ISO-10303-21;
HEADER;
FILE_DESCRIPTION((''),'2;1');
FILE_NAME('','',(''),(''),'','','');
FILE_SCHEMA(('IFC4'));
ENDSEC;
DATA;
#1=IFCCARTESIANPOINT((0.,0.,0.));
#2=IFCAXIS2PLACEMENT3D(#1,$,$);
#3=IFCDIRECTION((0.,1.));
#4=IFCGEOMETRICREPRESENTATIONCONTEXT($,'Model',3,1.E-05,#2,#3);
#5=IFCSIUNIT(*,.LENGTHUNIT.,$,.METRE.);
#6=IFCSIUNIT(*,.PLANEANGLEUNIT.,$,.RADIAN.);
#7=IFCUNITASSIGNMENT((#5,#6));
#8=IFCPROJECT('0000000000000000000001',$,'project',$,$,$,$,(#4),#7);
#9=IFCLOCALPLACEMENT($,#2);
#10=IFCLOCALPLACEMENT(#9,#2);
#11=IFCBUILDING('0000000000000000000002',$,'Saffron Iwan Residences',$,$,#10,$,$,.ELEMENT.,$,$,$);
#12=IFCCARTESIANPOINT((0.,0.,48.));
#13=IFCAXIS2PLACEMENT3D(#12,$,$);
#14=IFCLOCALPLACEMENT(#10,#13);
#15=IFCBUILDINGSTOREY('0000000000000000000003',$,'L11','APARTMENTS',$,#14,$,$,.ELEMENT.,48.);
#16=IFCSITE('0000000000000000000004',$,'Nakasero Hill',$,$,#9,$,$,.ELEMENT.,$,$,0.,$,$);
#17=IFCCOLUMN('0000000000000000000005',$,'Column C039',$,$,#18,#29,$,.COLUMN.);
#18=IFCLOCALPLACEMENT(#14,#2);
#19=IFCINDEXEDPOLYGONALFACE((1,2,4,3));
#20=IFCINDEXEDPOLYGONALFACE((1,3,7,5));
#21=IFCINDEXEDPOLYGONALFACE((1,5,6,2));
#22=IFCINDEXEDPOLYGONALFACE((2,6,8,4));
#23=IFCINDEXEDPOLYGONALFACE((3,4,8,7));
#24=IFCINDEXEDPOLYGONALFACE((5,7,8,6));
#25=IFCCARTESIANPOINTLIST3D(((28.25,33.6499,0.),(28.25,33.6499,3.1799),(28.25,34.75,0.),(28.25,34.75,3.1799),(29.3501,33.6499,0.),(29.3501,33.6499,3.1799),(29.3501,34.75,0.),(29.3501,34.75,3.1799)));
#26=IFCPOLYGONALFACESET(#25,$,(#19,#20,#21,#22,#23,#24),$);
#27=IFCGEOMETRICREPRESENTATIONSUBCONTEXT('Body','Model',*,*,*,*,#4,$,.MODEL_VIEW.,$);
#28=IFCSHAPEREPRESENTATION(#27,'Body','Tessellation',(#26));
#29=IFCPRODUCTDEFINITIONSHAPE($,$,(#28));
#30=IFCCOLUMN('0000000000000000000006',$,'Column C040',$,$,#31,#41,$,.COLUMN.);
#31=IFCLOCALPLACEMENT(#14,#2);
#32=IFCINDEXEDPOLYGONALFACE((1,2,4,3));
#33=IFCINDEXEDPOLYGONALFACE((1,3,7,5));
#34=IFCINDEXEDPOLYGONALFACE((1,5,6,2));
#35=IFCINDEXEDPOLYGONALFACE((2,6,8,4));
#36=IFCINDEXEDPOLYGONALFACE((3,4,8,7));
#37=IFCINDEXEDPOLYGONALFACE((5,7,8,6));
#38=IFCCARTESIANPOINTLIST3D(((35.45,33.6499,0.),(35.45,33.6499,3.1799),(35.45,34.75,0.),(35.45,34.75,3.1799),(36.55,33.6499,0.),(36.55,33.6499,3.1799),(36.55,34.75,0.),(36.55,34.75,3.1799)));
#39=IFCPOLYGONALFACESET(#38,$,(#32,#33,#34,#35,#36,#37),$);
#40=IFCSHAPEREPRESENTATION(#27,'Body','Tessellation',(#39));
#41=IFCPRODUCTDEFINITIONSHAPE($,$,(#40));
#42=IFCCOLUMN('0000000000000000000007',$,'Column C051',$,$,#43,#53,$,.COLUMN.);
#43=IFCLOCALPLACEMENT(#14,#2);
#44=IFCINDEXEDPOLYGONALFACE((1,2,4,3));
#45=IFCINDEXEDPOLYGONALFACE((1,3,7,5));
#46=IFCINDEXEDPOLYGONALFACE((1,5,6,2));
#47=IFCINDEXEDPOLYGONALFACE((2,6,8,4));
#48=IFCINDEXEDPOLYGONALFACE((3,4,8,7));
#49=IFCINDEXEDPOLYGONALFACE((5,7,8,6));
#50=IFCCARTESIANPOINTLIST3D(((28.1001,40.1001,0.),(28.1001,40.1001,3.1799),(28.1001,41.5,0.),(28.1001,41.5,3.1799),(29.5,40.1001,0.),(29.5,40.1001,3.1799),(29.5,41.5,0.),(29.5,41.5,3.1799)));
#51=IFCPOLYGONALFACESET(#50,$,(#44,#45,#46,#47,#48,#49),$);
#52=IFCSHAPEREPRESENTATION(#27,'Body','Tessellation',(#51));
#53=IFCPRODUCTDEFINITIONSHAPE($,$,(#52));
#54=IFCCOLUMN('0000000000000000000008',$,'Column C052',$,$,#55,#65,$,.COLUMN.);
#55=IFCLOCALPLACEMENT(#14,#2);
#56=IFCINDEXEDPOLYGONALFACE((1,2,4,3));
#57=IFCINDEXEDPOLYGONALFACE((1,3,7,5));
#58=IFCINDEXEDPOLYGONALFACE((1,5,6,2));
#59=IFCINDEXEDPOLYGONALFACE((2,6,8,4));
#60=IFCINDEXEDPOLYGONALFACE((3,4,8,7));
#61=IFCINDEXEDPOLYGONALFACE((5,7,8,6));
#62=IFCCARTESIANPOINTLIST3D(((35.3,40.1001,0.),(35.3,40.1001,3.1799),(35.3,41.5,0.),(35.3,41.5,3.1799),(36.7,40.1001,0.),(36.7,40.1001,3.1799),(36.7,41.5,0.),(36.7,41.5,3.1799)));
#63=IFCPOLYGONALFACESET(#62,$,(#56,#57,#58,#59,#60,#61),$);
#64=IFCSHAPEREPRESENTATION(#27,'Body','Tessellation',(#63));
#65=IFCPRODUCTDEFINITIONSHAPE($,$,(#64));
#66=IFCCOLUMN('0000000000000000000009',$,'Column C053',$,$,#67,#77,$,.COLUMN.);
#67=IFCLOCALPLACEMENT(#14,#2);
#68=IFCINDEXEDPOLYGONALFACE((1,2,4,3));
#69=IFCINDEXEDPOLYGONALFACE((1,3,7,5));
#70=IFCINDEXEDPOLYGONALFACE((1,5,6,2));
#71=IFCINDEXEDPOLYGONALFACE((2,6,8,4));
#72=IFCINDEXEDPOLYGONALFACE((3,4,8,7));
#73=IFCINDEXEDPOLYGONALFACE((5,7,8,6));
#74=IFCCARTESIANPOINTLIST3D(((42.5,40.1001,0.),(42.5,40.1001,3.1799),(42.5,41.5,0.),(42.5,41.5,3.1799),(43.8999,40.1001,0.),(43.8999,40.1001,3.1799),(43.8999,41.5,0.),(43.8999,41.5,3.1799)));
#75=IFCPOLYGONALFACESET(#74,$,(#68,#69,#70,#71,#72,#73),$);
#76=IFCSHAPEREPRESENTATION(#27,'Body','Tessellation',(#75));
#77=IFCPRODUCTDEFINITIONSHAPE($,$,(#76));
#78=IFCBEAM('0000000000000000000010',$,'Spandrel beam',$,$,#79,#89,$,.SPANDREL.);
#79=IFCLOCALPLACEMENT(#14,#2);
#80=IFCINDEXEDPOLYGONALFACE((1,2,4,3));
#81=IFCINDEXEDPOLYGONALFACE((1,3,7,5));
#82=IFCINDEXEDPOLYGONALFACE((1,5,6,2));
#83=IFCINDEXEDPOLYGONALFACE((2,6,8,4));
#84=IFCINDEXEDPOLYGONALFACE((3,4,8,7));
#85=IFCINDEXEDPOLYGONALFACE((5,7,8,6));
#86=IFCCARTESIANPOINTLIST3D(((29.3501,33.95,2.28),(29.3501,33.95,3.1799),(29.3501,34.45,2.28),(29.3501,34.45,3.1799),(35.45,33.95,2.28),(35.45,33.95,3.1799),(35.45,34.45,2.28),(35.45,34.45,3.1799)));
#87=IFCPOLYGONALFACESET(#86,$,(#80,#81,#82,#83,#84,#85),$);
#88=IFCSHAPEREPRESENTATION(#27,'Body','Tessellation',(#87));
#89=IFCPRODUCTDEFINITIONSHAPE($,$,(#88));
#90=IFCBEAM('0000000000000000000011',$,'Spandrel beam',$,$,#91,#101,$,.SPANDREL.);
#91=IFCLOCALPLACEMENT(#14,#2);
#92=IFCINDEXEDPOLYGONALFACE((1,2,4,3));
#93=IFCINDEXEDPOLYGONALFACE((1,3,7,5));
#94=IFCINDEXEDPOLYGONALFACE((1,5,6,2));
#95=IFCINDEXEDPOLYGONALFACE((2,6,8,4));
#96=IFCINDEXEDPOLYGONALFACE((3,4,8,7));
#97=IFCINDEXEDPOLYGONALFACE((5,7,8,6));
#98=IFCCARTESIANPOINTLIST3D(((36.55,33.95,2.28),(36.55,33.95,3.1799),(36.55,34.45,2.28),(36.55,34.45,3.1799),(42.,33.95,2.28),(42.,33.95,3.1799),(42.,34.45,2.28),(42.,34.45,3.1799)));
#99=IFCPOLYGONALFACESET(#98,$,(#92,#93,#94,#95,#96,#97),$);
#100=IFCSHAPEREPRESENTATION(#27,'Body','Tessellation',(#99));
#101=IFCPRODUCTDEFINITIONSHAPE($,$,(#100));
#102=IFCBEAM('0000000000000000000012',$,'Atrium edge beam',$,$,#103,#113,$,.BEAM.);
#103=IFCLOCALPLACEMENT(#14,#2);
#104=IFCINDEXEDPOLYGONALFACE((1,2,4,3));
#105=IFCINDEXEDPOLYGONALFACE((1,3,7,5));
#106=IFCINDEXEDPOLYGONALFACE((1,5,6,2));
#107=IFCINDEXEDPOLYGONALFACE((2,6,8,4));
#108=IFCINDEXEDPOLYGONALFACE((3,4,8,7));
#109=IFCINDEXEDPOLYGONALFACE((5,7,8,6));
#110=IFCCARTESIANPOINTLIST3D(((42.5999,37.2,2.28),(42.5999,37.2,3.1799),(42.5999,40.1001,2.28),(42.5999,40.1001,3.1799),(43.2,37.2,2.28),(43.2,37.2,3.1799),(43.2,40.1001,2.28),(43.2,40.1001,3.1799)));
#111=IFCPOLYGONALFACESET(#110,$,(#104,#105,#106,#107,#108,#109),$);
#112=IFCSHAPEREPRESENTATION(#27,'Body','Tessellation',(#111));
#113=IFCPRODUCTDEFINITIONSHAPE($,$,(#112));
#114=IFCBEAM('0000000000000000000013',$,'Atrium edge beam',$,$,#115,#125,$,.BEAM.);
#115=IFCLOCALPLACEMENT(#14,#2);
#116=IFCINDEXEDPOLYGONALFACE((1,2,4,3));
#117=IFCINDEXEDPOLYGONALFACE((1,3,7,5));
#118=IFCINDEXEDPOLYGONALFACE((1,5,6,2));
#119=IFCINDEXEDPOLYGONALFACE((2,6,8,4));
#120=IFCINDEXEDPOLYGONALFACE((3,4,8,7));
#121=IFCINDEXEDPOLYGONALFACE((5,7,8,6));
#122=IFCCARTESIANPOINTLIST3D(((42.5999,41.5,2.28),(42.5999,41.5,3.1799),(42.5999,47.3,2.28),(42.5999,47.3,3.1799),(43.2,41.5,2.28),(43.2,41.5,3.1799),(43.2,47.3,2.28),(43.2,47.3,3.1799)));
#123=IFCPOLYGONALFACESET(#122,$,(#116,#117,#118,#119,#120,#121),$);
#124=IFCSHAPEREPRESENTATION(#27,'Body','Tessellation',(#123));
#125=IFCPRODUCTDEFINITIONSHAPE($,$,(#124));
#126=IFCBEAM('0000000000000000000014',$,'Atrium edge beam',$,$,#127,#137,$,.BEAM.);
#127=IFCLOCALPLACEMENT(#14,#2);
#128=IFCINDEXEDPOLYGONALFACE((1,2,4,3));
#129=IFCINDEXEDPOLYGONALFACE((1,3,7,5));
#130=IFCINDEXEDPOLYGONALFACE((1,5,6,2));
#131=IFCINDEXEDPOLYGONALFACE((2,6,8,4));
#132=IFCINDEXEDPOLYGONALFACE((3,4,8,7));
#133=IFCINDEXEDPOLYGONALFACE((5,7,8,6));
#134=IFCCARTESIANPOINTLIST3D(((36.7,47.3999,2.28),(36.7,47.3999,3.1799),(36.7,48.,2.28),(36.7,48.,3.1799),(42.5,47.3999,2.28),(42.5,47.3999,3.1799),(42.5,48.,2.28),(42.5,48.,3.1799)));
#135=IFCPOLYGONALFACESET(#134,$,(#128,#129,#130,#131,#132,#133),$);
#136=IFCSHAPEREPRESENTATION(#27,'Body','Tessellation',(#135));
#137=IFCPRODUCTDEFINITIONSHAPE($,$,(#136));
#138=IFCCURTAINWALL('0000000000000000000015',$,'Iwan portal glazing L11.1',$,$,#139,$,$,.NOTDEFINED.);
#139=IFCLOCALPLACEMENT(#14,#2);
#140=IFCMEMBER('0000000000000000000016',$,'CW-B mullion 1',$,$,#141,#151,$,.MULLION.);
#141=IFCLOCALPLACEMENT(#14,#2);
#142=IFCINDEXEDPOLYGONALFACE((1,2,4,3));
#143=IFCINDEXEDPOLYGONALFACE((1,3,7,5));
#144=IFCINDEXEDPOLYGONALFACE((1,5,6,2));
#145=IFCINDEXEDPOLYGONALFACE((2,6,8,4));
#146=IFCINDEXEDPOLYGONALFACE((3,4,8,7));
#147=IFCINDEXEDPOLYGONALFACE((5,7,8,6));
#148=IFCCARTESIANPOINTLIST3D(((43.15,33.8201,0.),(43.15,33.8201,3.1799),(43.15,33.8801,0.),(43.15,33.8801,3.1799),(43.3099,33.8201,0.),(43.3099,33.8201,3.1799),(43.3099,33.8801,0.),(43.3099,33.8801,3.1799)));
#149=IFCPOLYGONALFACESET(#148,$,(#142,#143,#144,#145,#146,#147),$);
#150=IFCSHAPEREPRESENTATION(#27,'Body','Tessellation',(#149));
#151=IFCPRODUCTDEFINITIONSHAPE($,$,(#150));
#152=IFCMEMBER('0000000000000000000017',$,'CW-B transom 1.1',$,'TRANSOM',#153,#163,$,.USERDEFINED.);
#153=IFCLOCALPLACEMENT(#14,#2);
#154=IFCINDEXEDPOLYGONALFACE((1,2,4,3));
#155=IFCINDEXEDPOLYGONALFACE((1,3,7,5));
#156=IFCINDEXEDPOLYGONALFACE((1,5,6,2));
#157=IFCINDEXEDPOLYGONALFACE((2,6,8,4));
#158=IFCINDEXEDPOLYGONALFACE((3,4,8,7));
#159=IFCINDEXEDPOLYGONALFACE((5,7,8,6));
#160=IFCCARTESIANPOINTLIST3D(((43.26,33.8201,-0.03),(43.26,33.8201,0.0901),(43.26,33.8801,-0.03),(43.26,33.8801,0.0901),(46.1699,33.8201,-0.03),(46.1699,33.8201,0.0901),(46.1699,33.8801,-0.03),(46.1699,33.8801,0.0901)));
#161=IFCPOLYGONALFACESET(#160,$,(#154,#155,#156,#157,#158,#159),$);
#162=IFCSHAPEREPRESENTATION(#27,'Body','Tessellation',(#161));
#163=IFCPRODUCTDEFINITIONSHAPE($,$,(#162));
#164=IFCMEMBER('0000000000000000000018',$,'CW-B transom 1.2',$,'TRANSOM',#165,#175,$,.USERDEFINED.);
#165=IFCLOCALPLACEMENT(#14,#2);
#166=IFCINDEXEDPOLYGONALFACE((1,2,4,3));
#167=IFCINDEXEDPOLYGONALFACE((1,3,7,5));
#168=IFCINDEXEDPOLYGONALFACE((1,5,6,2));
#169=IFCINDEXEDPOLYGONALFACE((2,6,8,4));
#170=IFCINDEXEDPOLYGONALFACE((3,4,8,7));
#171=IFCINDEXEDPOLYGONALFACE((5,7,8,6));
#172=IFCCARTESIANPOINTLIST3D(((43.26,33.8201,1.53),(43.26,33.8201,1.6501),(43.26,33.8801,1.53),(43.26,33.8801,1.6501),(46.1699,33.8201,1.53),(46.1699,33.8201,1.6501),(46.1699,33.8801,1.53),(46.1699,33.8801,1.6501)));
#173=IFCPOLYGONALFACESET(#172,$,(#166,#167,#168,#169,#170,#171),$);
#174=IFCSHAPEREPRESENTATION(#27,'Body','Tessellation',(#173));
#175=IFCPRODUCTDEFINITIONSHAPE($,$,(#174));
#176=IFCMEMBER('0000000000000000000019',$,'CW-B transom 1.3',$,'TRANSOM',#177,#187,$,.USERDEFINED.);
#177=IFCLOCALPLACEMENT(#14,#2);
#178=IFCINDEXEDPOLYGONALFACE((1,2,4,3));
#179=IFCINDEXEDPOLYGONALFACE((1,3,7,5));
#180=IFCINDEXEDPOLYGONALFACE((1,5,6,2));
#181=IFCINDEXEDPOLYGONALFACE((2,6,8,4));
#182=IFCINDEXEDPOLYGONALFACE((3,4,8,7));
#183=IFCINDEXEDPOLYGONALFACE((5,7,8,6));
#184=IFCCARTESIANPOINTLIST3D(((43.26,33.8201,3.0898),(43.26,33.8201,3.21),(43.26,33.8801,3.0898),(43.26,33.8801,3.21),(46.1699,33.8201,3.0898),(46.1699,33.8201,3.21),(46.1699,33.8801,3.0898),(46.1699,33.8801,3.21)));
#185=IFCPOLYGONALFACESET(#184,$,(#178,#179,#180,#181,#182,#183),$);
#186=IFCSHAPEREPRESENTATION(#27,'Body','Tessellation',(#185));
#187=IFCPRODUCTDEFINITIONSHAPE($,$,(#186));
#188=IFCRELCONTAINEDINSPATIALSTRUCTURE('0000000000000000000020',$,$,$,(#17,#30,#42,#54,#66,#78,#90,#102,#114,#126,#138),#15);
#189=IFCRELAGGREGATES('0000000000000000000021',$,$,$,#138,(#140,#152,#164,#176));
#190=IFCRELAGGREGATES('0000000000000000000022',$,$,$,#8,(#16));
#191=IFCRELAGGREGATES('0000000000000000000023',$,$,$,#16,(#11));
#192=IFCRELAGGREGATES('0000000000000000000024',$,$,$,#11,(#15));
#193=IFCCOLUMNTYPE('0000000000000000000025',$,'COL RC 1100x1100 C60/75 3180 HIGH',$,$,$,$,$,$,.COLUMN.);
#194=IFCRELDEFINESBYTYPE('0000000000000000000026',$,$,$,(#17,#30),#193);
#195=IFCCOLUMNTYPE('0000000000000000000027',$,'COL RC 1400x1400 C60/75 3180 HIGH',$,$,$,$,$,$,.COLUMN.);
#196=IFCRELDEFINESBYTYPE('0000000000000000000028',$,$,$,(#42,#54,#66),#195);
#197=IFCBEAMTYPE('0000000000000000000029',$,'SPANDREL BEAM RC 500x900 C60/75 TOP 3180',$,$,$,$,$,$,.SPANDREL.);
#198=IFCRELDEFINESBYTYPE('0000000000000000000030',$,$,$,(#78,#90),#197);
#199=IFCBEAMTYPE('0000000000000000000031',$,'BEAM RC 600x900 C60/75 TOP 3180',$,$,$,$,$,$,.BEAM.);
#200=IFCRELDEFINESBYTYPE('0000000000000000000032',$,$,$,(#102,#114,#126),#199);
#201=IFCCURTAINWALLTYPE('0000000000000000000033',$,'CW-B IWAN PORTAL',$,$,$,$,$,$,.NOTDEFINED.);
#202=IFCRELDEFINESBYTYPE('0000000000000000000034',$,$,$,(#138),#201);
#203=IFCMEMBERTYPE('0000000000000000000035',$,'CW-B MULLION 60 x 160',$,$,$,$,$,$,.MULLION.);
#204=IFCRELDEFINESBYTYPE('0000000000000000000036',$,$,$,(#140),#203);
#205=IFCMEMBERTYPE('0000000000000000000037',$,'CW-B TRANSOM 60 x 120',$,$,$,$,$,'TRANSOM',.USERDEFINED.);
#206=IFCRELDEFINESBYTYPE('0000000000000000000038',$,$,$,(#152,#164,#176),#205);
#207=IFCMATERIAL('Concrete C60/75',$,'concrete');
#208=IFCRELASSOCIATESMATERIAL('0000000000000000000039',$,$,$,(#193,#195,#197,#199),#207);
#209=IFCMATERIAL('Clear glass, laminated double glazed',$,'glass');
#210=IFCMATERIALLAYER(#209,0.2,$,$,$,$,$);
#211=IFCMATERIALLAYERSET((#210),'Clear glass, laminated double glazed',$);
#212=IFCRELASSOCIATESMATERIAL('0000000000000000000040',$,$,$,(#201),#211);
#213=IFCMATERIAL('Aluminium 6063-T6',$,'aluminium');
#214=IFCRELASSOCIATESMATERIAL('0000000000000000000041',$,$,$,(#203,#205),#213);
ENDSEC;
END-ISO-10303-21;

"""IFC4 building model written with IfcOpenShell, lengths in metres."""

from ifc_helpers import new_model, si_unit, direction, frame, origin, origin_2d, place, context, subcontext, project, spatial, rectangle, extrude, source, transform, mapped, material, layer, layer_set, material_profile, profile_set, type_object, element, aggregate, save


model = new_model("IFC4")

# Units and contexts
model_context = context("Model", 3, precision=1e-05, world=origin(), true_north=direction((0.0, 1.0)))
body_context = subcontext(model_context, "Body", "Model", "MODEL_VIEW")
ifc_project = project(units=[si_unit("LENGTHUNIT", "METRE"), si_unit("PLANEANGLEUNIT", "RADIAN")], contexts=[model_context])

# Site, building, storey
site_placement = place(None, origin())
site = spatial("IfcSite", under=ifc_project, at=site_placement, Name="Nakasero Hill", CompositionType="ELEMENT", RefElevation=0.0)
building_placement = place(site_placement, origin())
building = spatial("IfcBuilding", under=site, at=building_placement, Name="Saffron Iwan Residences", CompositionType="ELEMENT")
storey_placement = place(building_placement, frame((0.0, 0.0, 48.0)))
storey = spatial("IfcBuildingStorey", under=building, at=storey_placement, Name="L11", Description="APARTMENTS", CompositionType="ELEMENT", Elevation=48.0)

# Columns
ifc_material_1 = material(Name="Concrete C60/75", Category="concrete")
ifc_material_profile_1 = material_profile(ifc_material_1, rectangle(XDim=1.1001, YDim=1.1001, at=origin_2d()), Name="RC 1100x1100")
ifc_profile_set_1 = profile_set([ifc_material_profile_1], Name="Concrete C60/75")
column_type_1 = type_object("IfcColumnType", Name="COL RC 1100x1100 C60/75 3180 HIGH", PredefinedType="COLUMN", material=ifc_profile_set_1)
shared_shape_1 = source(origin(), body_context, "Body", "SweptSolid", [
    extrude(rectangle(XDim=1.1001, YDim=1.1001, at=origin_2d()), origin(), (0.0, 0.0, 1.0), 3.1799),
])
for number, where, z_axis, x_axis, name in (
    (1, (28.8, 34.2, 0.0), (0.0, 0.0, 1.0), (1.0, 0.0, 0.0), "Column C039"),
    (2, (36.0, 34.2, 0.0), (0.0, 0.0, 1.0), (1.0, 0.0, 0.0), "Column C040"),
):
    element("IfcColumn", number, at=place(storey_placement, frame(where, z_axis=z_axis, x_axis=x_axis)), inside=storey, type_object=column_type_1, Name=name, PredefinedType="COLUMN", context=body_context, shape_type="MappedRepresentation", body=[
        mapped(shared_shape_1, transform((0.0, 0.0, 0.0))),
    ])
ifc_material_profile_2 = material_profile(ifc_material_1, rectangle(XDim=1.3999, YDim=1.3999, at=origin_2d()), Name="RC 1400x1400")
ifc_profile_set_2 = profile_set([ifc_material_profile_2], Name="Concrete C60/75")
column_type_2 = type_object("IfcColumnType", Name="COL RC 1400x1400 C60/75 3180 HIGH", PredefinedType="COLUMN", material=ifc_profile_set_2)
shared_shape_2 = source(origin(), body_context, "Body", "SweptSolid", [
    extrude(rectangle(XDim=1.3999, YDim=1.3999, at=origin_2d()), origin(), (0.0, 0.0, 1.0), 3.1799),
])
for number, where, z_axis, x_axis, name in (
    (3, (28.8, 40.8, 0.0), (0.0, 0.0, 1.0), (1.0, 0.0, 0.0), "Column C051"),
    (4, (36.0, 40.8, 0.0), (0.0, 0.0, 1.0), (1.0, 0.0, 0.0), "Column C052"),
    (5, (43.2, 40.8, 0.0), (0.0, 0.0, 1.0), (1.0, 0.0, 0.0), "Column C053"),
):
    element("IfcColumn", number, at=place(storey_placement, frame(where, z_axis=z_axis, x_axis=x_axis)), inside=storey, type_object=column_type_2, Name=name, PredefinedType="COLUMN", context=body_context, shape_type="MappedRepresentation", body=[
        mapped(shared_shape_2, transform((0.0, 0.0, 0.0))),
    ])

# Beams
ifc_material_profile_3 = material_profile(ifc_material_1, rectangle(XDim=0.5, YDim=0.8999, at=origin_2d()), Name="RC 500x900")
ifc_profile_set_3 = profile_set([ifc_material_profile_3], Name="Concrete C60/75")
beam_type_1 = type_object("IfcBeamType", Name="SPANDREL BEAM RC 500x900 C60/75 TOP 3180", PredefinedType="SPANDREL", material=ifc_profile_set_3)
shared_shape_3 = source(origin(), body_context, "Body", "SweptSolid", [
    extrude(rectangle(XDim=0.5, YDim=0.8999, at=origin_2d()), origin(), (0.0, 0.0, 1.0), 6.0999),
])
beam_1_placement = place(storey_placement, frame((35.45, 34.2, 2.73), z_axis=(-1.0, 0.0, 0.0), x_axis=(0.0, -1.0, 0.0)))
element("IfcBeam", 6, at=beam_1_placement, inside=storey, type_object=beam_type_1, Name="Spandrel beam", PredefinedType="SPANDREL", context=body_context, shape_type="MappedRepresentation", body=[
    mapped(shared_shape_3, transform((0.0, 0.0, 0.0))),
])
shared_shape_4 = source(origin(), body_context, "Body", "SweptSolid", [
    extrude(rectangle(XDim=0.5, YDim=0.8999, at=origin_2d()), origin(), (0.0, 0.0, 1.0), 5.45),
])
beam_2_placement = place(storey_placement, frame((42.0, 34.2, 2.73), z_axis=(-1.0, 0.0, 0.0), x_axis=(0.0, -1.0, 0.0)))
element("IfcBeam", 7, at=beam_2_placement, inside=storey, type_object=beam_type_1, Name="Spandrel beam", PredefinedType="SPANDREL", context=body_context, shape_type="MappedRepresentation", body=[
    mapped(shared_shape_4, transform((0.0, 0.0, 0.0))),
])
ifc_material_profile_4 = material_profile(ifc_material_1, rectangle(XDim=0.6001, YDim=0.8999, at=origin_2d()), Name="RC 600x900")
ifc_profile_set_4 = profile_set([ifc_material_profile_4], Name="Concrete C60/75")
beam_type_2 = type_object("IfcBeamType", Name="BEAM RC 600x900 C60/75 TOP 3180", PredefinedType="BEAM", material=ifc_profile_set_4)
shared_shape_5 = source(origin(), body_context, "Body", "SweptSolid", [
    extrude(rectangle(XDim=0.6001, YDim=0.8999, at=origin_2d()), origin(), (0.0, 0.0, 1.0), 2.9001),
])
beam_3_placement = place(storey_placement, frame((42.8999, 37.2, 2.73), z_axis=(0.0, 1.0, 0.0), x_axis=(-1.0, 0.0, 0.0)))
element("IfcBeam", 8, at=beam_3_placement, inside=storey, type_object=beam_type_2, Name="Atrium edge beam", PredefinedType="BEAM", context=body_context, shape_type="MappedRepresentation", body=[
    mapped(shared_shape_5, transform((0.0, 0.0, 0.0))),
])
shared_shape_6 = source(origin(), body_context, "Body", "SweptSolid", [
    extrude(rectangle(XDim=0.6001, YDim=0.8999, at=origin_2d()), origin(), (0.0, 0.0, 1.0), 5.8),
])
for number, where, z_axis, x_axis, name in (
    (9, (42.8999, 41.5, 2.73), (0.0, 1.0, 0.0), (-1.0, 0.0, 0.0), "Atrium edge beam"),
    (10, (42.5, 47.7, 2.73), (-1.0, 0.0, 0.0), (0.0, -1.0, 0.0), "Atrium edge beam"),
):
    element("IfcBeam", number, at=place(storey_placement, frame(where, z_axis=z_axis, x_axis=x_axis)), inside=storey, type_object=beam_type_2, Name=name, PredefinedType="BEAM", context=body_context, shape_type="MappedRepresentation", body=[
        mapped(shared_shape_6, transform((0.0, 0.0, 0.0))),
    ])

# Curtain wall, members
ifc_material_2 = material(Name="Clear glass, laminated double glazed", Category="glass")
ifc_layer_1 = layer(ifc_material_2, 0.2)
ifc_layer_set_1 = layer_set([ifc_layer_1], Name="Clear glass, laminated double glazed")
curtain_wall_type = type_object("IfcCurtainWallType", Name="CW-B IWAN PORTAL", PredefinedType="NOTDEFINED", material=ifc_layer_set_1)
curtain_wall_placement = place(storey_placement, origin())
curtain_wall = element("IfcCurtainWall", 11, at=curtain_wall_placement, inside=storey, type_object=curtain_wall_type, Name="Iwan portal glazing L11.1", PredefinedType="NOTDEFINED")
ifc_material_3 = material(Name="Aluminium 6063-T6", Category="aluminium")
ifc_material_profile_5 = material_profile(ifc_material_3, rectangle(XDim=0.0601, YDim=0.1599, at=origin_2d()), Name="CW-B MULLION 60 x 160")
ifc_profile_set_5 = profile_set([ifc_material_profile_5], Name="Aluminium 6063-T6")
member_type_1 = type_object("IfcMemberType", Name="CW-B MULLION 60 x 160", PredefinedType="MULLION", material=ifc_profile_set_5)
shared_shape_7 = source(origin(), body_context, "Body", "SweptSolid", [
    extrude(rectangle(XDim=0.0601, YDim=0.1599, at=origin_2d()), origin(), (0.0, 0.0, 1.0), 3.1799),
])
member_1_placement = place(storey_placement, frame((43.23, 33.8501, 0.0), z_axis=(0.0, 0.0, 1.0), x_axis=(0.0, 1.0, 0.0)))
member_1 = element("IfcMember", 12, at=member_1_placement, type_object=member_type_1, Name="CW-B mullion 1", PredefinedType="MULLION", context=body_context, shape_type="MappedRepresentation", body=[
    mapped(shared_shape_7, transform((0.0, 0.0, 0.0))),
])
ifc_material_profile_6 = material_profile(ifc_material_3, rectangle(XDim=0.0601, YDim=0.1201, at=origin_2d()), Name="CW-B TRANSOM 60 x 120")
ifc_profile_set_6 = profile_set([ifc_material_profile_6], Name="Aluminium 6063-T6")
member_type_2 = type_object("IfcMemberType", Name="CW-B TRANSOM 60 x 120", ElementType="TRANSOM", PredefinedType="USERDEFINED", material=ifc_profile_set_6)
shared_shape_8 = source(origin(), body_context, "Body", "SweptSolid", [
    extrude(rectangle(XDim=0.0601, YDim=0.1201, at=origin_2d()), origin(), (0.0, 0.0, 1.0), 2.9099),
])
member_2_placement = place(storey_placement, frame((43.26, 33.8501, 0.03), z_axis=(1.0, 0.0, 0.0), x_axis=(0.0, 1.0, 0.0)))
member_2 = element("IfcMember", 13, at=member_2_placement, type_object=member_type_2, Name="CW-B transom 1.1", ObjectType="TRANSOM", PredefinedType="USERDEFINED", context=body_context, shape_type="MappedRepresentation", body=[
    mapped(shared_shape_8, transform((0.0, 0.0, 0.0))),
])
member_3_placement = place(storey_placement, frame((43.26, 33.8501, 1.5901), z_axis=(1.0, 0.0, 0.0), x_axis=(0.0, 1.0, 0.0)))
member_3 = element("IfcMember", 14, at=member_3_placement, type_object=member_type_2, Name="CW-B transom 1.2", ObjectType="TRANSOM", PredefinedType="USERDEFINED", context=body_context, shape_type="MappedRepresentation", body=[
    mapped(shared_shape_8, transform((0.0, 0.0, 0.0))),
])
member_4_placement = place(storey_placement, frame((43.26, 33.8501, 3.1499), z_axis=(1.0, 0.0, 0.0), x_axis=(0.0, 1.0, 0.0)))
member_4 = element("IfcMember", 15, at=member_4_placement, type_object=member_type_2, Name="CW-B transom 1.3", ObjectType="TRANSOM", PredefinedType="USERDEFINED", context=body_context, shape_type="MappedRepresentation", body=[
    mapped(shared_shape_8, transform((0.0, 0.0, 0.0))),
])
aggregate(curtain_wall, [member_1, member_2, member_3, member_4])

save(model, "model.ifc")
